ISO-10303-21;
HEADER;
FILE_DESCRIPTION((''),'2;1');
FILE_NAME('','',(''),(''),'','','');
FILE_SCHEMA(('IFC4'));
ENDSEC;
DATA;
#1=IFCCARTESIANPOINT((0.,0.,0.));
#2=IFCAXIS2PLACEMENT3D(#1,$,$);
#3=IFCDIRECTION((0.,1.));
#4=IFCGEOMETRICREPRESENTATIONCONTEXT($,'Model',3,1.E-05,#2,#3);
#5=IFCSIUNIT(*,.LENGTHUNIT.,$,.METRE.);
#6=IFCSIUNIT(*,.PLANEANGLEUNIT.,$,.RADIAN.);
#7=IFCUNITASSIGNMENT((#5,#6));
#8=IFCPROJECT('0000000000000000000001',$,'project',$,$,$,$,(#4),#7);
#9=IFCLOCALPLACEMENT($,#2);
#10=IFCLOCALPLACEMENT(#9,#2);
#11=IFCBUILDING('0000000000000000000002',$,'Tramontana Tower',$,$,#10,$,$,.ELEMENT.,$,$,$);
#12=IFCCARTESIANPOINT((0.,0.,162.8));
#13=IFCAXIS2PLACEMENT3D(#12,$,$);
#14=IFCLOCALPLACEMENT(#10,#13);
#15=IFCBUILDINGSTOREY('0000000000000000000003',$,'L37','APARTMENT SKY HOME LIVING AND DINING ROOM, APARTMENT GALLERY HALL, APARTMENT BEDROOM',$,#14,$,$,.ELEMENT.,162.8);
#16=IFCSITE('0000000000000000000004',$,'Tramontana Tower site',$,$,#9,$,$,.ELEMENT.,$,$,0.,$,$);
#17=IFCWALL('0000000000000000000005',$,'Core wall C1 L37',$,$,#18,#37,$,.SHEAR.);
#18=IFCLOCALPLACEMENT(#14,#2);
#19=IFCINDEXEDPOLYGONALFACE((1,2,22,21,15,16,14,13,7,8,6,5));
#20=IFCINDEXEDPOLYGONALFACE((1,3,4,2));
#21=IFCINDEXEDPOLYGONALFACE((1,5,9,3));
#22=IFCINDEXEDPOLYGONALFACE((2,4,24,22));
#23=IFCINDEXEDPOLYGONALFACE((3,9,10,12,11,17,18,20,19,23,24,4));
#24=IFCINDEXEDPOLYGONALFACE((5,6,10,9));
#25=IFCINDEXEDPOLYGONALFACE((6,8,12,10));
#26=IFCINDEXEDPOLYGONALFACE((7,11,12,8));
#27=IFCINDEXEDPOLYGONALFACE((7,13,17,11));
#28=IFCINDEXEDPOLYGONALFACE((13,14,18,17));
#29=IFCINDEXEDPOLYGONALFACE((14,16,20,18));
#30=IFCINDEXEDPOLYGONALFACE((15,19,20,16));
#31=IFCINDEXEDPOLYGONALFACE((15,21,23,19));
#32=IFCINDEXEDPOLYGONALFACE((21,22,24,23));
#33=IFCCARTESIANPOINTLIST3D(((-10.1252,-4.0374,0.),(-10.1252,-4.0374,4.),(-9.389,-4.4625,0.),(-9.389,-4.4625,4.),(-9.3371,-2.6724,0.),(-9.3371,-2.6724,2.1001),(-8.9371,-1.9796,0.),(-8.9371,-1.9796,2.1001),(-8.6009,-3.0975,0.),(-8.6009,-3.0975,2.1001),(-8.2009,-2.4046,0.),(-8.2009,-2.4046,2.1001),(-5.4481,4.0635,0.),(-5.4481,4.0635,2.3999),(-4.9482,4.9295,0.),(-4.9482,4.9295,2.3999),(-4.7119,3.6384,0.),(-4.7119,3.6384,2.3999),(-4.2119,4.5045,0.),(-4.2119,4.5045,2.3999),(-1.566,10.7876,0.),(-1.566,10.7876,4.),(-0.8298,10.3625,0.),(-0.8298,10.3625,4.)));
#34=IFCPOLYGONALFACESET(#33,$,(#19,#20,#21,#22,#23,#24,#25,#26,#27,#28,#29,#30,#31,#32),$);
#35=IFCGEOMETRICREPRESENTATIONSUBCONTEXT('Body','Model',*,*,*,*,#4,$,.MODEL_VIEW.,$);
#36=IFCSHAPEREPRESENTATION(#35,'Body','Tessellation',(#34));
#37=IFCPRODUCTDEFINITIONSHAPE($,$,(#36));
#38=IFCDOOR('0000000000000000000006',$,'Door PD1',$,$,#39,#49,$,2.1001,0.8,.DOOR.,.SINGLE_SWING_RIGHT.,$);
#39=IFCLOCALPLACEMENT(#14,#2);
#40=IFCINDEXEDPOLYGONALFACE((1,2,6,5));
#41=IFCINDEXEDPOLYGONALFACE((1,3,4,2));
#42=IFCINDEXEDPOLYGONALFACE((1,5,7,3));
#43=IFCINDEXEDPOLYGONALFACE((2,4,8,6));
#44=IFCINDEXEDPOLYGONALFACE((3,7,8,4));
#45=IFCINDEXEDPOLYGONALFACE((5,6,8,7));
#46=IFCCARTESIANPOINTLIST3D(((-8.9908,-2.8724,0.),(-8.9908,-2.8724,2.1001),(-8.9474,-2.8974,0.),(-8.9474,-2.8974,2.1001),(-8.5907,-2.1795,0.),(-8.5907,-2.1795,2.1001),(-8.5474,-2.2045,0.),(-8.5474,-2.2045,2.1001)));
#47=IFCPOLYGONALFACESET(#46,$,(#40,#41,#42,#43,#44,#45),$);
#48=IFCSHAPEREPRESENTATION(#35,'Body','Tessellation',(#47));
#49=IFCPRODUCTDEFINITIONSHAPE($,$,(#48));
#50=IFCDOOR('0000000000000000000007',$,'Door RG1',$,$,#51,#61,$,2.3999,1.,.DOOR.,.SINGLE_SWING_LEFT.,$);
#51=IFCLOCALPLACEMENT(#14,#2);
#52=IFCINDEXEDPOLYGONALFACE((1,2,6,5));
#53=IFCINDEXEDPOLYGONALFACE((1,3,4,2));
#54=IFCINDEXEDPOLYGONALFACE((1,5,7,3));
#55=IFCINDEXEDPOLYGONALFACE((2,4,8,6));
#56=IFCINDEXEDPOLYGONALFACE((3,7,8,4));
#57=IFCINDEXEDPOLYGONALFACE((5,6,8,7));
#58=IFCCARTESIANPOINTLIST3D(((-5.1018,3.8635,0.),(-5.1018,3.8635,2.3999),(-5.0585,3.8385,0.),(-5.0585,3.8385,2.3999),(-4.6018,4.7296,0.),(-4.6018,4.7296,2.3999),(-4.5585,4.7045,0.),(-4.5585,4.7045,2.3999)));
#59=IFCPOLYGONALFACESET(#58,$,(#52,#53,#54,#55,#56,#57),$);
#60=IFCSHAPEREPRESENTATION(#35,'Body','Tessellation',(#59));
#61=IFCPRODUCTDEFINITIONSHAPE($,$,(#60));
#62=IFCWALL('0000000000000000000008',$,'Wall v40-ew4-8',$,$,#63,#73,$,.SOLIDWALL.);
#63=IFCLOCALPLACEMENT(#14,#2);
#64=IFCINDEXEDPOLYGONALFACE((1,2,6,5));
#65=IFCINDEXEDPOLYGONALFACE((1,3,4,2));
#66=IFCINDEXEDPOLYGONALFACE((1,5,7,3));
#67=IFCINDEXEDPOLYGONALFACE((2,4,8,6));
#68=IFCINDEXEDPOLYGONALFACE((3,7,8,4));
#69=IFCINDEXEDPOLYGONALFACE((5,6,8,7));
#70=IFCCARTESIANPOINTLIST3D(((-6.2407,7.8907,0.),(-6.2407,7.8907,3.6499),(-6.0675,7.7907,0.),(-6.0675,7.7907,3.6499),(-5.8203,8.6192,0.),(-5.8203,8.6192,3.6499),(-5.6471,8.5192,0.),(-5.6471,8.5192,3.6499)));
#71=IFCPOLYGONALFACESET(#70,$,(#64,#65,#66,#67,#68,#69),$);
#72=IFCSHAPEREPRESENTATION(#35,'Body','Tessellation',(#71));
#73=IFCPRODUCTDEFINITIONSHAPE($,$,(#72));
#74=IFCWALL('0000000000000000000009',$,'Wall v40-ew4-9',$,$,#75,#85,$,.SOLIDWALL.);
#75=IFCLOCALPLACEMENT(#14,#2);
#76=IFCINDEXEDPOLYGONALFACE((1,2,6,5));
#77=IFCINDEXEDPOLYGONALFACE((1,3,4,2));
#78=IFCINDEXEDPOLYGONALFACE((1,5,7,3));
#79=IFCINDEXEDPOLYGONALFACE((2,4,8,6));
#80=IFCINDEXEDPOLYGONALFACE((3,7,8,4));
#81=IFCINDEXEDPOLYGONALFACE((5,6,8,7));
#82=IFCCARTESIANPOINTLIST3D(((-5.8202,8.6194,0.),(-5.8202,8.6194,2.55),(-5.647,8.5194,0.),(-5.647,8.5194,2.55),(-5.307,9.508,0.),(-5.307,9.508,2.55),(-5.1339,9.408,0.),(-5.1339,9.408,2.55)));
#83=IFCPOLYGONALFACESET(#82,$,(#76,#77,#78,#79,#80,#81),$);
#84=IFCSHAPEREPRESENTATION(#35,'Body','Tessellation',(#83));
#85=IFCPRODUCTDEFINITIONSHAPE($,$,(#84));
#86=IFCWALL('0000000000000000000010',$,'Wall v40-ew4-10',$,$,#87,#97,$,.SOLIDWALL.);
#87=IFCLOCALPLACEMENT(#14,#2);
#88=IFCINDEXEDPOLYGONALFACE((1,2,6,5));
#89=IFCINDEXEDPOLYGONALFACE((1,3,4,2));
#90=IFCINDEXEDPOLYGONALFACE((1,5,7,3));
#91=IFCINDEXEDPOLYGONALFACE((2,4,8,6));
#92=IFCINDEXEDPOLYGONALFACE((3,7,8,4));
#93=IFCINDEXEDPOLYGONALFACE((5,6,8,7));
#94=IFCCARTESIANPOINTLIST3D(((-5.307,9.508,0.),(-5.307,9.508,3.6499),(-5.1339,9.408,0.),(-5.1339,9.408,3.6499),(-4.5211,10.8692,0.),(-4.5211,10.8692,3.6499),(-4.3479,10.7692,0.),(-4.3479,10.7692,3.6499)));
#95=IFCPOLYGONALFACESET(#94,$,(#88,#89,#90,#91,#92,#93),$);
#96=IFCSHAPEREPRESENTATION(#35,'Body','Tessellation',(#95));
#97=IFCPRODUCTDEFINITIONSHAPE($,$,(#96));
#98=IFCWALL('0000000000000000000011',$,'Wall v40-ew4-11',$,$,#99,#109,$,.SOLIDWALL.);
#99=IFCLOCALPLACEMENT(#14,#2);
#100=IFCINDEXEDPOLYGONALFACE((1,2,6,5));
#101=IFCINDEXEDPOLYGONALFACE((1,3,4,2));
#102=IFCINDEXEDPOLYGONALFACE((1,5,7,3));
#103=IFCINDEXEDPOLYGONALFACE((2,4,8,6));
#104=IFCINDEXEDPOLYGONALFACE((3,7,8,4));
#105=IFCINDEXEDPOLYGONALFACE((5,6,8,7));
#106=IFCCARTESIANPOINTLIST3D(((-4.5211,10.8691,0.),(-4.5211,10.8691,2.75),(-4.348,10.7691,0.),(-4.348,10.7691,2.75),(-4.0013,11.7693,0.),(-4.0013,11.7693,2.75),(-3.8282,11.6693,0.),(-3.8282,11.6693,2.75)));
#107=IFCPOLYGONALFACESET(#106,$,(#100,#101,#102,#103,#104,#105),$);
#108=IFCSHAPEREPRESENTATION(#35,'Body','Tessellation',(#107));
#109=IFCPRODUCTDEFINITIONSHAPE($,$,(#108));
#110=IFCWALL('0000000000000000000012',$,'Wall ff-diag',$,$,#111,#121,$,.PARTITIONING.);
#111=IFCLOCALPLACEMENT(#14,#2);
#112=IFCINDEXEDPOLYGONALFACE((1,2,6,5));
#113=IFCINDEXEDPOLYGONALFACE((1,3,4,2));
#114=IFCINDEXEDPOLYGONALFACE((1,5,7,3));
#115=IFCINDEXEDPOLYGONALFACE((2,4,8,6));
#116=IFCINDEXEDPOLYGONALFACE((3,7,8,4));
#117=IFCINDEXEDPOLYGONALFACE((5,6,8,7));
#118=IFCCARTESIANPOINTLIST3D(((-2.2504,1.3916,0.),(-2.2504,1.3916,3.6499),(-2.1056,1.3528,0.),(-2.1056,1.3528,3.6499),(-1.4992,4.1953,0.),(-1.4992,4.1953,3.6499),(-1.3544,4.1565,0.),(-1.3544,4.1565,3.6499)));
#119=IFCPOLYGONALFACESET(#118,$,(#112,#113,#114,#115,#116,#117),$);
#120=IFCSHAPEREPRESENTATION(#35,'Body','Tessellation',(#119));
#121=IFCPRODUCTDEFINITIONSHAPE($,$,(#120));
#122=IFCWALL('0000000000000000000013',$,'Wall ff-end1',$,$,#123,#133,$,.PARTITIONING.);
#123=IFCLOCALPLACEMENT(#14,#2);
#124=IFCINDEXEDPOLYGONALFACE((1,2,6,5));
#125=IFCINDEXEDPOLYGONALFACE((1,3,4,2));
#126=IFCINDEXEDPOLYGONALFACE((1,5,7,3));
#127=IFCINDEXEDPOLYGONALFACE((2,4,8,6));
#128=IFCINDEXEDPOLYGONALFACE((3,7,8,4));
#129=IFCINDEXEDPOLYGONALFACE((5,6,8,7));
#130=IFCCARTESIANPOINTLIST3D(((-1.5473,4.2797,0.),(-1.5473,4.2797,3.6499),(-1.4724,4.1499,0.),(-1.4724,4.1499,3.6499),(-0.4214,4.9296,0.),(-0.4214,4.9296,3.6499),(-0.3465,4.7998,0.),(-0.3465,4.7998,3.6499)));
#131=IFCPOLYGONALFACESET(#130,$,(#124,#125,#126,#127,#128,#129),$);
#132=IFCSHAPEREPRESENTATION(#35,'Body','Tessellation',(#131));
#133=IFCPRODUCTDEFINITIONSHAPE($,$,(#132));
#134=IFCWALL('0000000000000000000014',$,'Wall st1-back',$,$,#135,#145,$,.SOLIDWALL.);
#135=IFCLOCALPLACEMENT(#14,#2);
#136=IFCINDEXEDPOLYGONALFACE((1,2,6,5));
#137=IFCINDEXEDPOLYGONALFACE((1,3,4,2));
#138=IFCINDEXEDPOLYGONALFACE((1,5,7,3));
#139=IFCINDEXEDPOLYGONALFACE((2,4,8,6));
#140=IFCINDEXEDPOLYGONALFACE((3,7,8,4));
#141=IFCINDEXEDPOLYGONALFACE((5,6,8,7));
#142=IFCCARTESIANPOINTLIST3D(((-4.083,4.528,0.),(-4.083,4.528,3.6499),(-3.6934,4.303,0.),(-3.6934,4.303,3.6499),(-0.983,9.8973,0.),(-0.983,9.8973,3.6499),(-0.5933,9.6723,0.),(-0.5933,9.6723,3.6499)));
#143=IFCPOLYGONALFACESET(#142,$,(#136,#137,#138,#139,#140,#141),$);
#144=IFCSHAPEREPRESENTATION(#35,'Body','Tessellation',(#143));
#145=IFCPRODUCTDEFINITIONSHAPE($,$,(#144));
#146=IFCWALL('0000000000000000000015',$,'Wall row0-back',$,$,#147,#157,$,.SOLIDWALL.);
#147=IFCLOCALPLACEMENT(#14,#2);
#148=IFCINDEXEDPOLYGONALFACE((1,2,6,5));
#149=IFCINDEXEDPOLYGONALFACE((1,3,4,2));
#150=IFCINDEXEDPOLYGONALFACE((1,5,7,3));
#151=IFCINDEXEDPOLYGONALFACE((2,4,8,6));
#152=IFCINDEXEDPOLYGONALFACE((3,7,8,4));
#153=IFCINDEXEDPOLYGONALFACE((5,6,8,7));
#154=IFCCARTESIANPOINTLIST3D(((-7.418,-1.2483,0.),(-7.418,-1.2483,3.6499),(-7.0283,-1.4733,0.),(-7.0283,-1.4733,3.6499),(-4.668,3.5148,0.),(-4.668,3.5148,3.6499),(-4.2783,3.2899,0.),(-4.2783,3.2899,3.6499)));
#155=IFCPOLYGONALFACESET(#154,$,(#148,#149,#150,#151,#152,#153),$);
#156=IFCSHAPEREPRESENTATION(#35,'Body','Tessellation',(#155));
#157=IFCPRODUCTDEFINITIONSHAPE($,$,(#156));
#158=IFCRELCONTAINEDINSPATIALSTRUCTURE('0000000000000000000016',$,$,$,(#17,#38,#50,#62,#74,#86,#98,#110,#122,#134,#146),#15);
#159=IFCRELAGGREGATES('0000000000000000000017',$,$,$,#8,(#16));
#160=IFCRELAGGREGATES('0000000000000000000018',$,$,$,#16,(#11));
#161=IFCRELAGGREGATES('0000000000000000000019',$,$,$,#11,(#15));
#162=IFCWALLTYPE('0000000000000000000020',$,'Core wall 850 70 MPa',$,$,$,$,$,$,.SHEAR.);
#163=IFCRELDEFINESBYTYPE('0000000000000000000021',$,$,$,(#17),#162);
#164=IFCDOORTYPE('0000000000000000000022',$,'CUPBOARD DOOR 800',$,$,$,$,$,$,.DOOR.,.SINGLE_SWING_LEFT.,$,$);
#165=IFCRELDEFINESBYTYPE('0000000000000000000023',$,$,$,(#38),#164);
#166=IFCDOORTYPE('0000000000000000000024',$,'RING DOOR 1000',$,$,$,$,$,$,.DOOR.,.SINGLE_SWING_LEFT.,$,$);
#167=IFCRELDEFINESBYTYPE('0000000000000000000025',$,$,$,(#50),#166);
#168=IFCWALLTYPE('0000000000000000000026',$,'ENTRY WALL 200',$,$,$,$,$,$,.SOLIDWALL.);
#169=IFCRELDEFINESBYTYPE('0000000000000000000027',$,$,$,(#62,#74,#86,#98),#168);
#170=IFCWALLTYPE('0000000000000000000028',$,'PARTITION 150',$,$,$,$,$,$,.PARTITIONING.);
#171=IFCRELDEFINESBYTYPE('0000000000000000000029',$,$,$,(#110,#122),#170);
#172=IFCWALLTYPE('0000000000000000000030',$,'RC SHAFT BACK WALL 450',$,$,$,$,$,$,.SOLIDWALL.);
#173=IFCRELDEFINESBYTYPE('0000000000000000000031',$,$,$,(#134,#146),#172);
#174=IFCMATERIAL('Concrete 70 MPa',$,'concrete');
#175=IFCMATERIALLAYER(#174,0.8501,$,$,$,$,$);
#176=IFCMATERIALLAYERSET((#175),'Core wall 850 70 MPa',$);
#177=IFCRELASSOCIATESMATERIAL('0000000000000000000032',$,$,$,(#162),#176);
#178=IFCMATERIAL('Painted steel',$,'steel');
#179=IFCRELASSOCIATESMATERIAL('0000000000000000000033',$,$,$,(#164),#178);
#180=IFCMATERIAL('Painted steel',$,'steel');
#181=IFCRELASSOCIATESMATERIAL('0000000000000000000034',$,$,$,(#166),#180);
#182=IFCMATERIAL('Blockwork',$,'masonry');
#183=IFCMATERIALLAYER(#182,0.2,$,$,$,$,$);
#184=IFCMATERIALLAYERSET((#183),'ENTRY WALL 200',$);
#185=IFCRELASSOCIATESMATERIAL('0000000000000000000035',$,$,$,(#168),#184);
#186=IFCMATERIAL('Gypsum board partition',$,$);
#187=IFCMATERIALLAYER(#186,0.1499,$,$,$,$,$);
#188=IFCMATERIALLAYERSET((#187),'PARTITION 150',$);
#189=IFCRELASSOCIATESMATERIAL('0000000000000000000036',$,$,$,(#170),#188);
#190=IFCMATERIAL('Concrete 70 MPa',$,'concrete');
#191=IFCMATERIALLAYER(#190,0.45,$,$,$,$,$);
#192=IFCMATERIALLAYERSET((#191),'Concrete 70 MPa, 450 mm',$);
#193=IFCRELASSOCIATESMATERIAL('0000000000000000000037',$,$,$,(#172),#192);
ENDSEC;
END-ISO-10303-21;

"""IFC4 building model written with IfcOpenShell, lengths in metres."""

from ifc_helpers import new_model, si_unit, direction, frame, frame_2d, origin, place, context, subcontext, project, spatial, rectangle, extrude, material, layer, layer_set, type_object, element, fill, save


model = new_model("IFC4")

# Units and contexts
model_context = context("Model", 3, precision=1e-05, world=origin(), true_north=direction((0.0, 1.0)))
body_context = subcontext(model_context, "Body", "Model", "MODEL_VIEW")
ifc_project = project(units=[si_unit("LENGTHUNIT", "METRE"), si_unit("PLANEANGLEUNIT", "RADIAN")], contexts=[model_context])

# Site, building, storey
site_placement = place(None, origin())
site = spatial("IfcSite", under=ifc_project, at=site_placement, Name="Tramontana Tower site", CompositionType="ELEMENT", RefElevation=0.0)
building_placement = place(site_placement, origin())
building = spatial("IfcBuilding", under=site, at=building_placement, Name="Tramontana Tower", CompositionType="ELEMENT")
storey_placement = place(building_placement, frame((0.0, 0.0, 162.8)))
storey = spatial("IfcBuildingStorey", under=building, at=storey_placement, Name="L37", Description="APARTMENT SKY HOME LIVING AND DINING ROOM, APARTMENT GALLERY HALL, APARTMENT BEDROOM", CompositionType="ELEMENT", Elevation=162.8)

# Wall, openings, doors
ifc_material_1 = material(Name="Concrete 70 MPa", Category="concrete")
ifc_layer_1 = layer(ifc_material_1, 0.8501)
ifc_layer_set_1 = layer_set([ifc_layer_1], Name="Core wall 850 70 MPa")
wall_type_1 = type_object("IfcWallType", Name="Core wall 850 70 MPa", PredefinedType="SHEAR", material=ifc_layer_set_1)
wall_1_placement = place(storey_placement, frame((-1.198, 10.575, 0.0), z_axis=(0.0, 0.0, 1.0), x_axis=(-0.499995, -0.866028, 0.0)))
wall_1 = element("IfcWall", 1, at=wall_1_placement, inside=storey, type_object=wall_type_1, Name="Core wall C1 L37", PredefinedType="SHEAR", context=body_context, shape_type="SweptSolid", body=[
    extrude(rectangle(XDim=17.1184, YDim=0.8501, at=frame_2d((8.5591, 0.0))), origin(), (0.0, 0.0, 1.0), 4.0),
])
opening_1_placement = place(wall_1_placement, frame((6.7642, 0.0, 0.0)))
opening_1 = element("IfcOpeningElement", 2, at=opening_1_placement, cuts=wall_1, PredefinedType="OPENING", context=body_context, shape_type="SweptSolid", body=[
    extrude(rectangle(XDim=1.0, YDim=2.3999, at=frame_2d((0.5, 1.2))), frame((0.0, 0.4351, 0.0), z_axis=(0.0, -1.0, 0.0), x_axis=(1.0, 0.0, 0.0)), (0.0, 0.0, 1.0), 0.8701),
])
opening_2_placement = place(wall_1_placement, frame((14.7422, 0.0, 0.0)))
opening_2 = element("IfcOpeningElement", 3, at=opening_2_placement, cuts=wall_1, PredefinedType="OPENING", context=body_context, shape_type="SweptSolid", body=[
    extrude(rectangle(XDim=0.8, YDim=2.1001, at=frame_2d((0.3999, 1.05))), frame((0.0, 0.4351, 0.0), z_axis=(0.0, -1.0, 0.0), x_axis=(1.0, 0.0, 0.0)), (0.0, 0.0, 1.0), 0.8701),
])
ifc_material_2 = material(Name="Painted steel", Category="steel")
door_type_1 = type_object("IfcDoorType", Name="CUPBOARD DOOR 800", OperationType="SINGLE_SWING_LEFT", PredefinedType="DOOR", material=ifc_material_2)
door_1_placement = place(opening_2_placement, origin())
door_1 = element("IfcDoor", 4, at=door_1_placement, inside=storey, type_object=door_type_1, Name="Door PD1", OperationType="SINGLE_SWING_RIGHT", OverallHeight=2.1001, OverallWidth=0.8, PredefinedType="DOOR", context=body_context, shape_type="SweptSolid", body=[
    extrude(rectangle(XDim=0.8, YDim=2.1001, at=frame_2d((0.3999, 1.05))), frame((0.0, 0.0249, 0.0), z_axis=(0.0, -1.0, 0.0), x_axis=(1.0, 0.0, 0.0)), (0.0, 0.0, 1.0), 0.05),
])
fill(opening_2, door_1)
ifc_material_3 = material(Name="Painted steel", Category="steel")
door_type_2 = type_object("IfcDoorType", Name="RING DOOR 1000", OperationType="SINGLE_SWING_LEFT", PredefinedType="DOOR", material=ifc_material_3)
door_2_placement = place(opening_1_placement, origin())
door_2 = element("IfcDoor", 5, at=door_2_placement, inside=storey, type_object=door_type_2, Name="Door RG1", OperationType="SINGLE_SWING_LEFT", OverallHeight=2.3999, OverallWidth=1.0, PredefinedType="DOOR", context=body_context, shape_type="SweptSolid", body=[
    extrude(rectangle(XDim=1.0, YDim=2.3999, at=frame_2d((0.5, 1.2))), frame((0.0, 0.0249, 0.0), z_axis=(0.0, -1.0, 0.0), x_axis=(1.0, 0.0, 0.0)), (0.0, 0.0, 1.0), 0.05),
])
fill(opening_1, door_2)

# Shared definitions
ifc_material_4 = material(Name="Blockwork", Category="masonry")
ifc_layer_2 = layer(ifc_material_4, 0.2)
ifc_layer_set_2 = layer_set([ifc_layer_2], Name="ENTRY WALL 200")
wall_type_2 = type_object("IfcWallType", Name="ENTRY WALL 200", PredefinedType="SOLIDWALL", material=ifc_layer_set_2)

# Walls
wall_2_placement = place(storey_placement, frame((-6.1541, 7.8408, 0.0), z_axis=(0.0, 0.0, 1.0), x_axis=(0.499823, 0.866128, 0.0)))
element("IfcWall", 6, at=wall_2_placement, inside=storey, type_object=wall_type_2, Name="Wall v40-ew4-8", PredefinedType="SOLIDWALL", context=body_context, shape_type="SweptSolid", body=[
    extrude(rectangle(XDim=0.8411, YDim=0.2, at=frame_2d((0.4204, 0.0))), origin(), (0.0, 0.0, 1.0), 3.6499),
])
wall_3_placement = place(storey_placement, frame((-5.7336, 8.5693, 0.0), z_axis=(0.0, 0.0, 1.0), x_axis=(0.500079, 0.86598, 0.0)))
element("IfcWall", 7, at=wall_3_placement, inside=storey, type_object=wall_type_2, Name="Wall v40-ew4-9", PredefinedType="SOLIDWALL", context=body_context, shape_type="SweptSolid", body=[
    extrude(rectangle(XDim=1.0261, YDim=0.2, at=frame_2d((0.5132, 0.0))), origin(), (0.0, 0.0, 1.0), 2.55),
])
wall_4_placement = place(storey_placement, frame((-5.2205, 9.458, 0.0), z_axis=(0.0, 0.0, 1.0), x_axis=(0.500032, 0.866007, 0.0)))
element("IfcWall", 8, at=wall_4_placement, inside=storey, type_object=wall_type_2, Name="Wall v40-ew4-10", PredefinedType="SOLIDWALL", context=body_context, shape_type="SweptSolid", body=[
    extrude(rectangle(XDim=1.5718, YDim=0.2, at=frame_2d((0.7859, 0.0))), origin(), (0.0, 0.0, 1.0), 3.6499),
])
wall_5_placement = place(storey_placement, frame((-4.4346, 10.8191, 0.0), z_axis=(0.0, 0.0, 1.0), x_axis=(0.500055, 0.865994, 0.0)))
element("IfcWall", 9, at=wall_5_placement, inside=storey, type_object=wall_type_2, Name="Wall v40-ew4-11", PredefinedType="SOLIDWALL", context=body_context, shape_type="SweptSolid", body=[
    extrude(rectangle(XDim=1.0396, YDim=0.2, at=frame_2d((0.5198, 0.0))), origin(), (0.0, 0.0, 1.0), 2.75),
])
ifc_material_5 = material(Name="Gypsum board partition")
ifc_layer_3 = layer(ifc_material_5, 0.1499)
ifc_layer_set_3 = layer_set([ifc_layer_3], Name="PARTITION 150")
wall_type_3 = type_object("IfcWallType", Name="PARTITION 150", PredefinedType="PARTITIONING", material=ifc_layer_set_3)
wall_6_placement = place(storey_placement, frame((-2.178, 1.3723, 0.0), z_axis=(0.0, 0.0, 1.0), x_axis=(0.258809, 0.965929, 0.0)))
element("IfcWall", 10, at=wall_6_placement, inside=storey, type_object=wall_type_3, Name="Wall ff-diag", PredefinedType="PARTITIONING", context=body_context, shape_type="SweptSolid", body=[
    extrude(rectangle(XDim=2.9026, YDim=0.1499, at=frame_2d((1.4512, 0.0))), origin(), (0.0, 0.0, 1.0), 3.6499),
])
wall_7_placement = place(storey_placement, frame((-1.5098, 4.2148, 0.0), z_axis=(0.0, 0.0, 1.0), x_axis=(0.866086, 0.499896, 0.0)))
element("IfcWall", 11, at=wall_7_placement, inside=storey, type_object=wall_type_3, Name="Wall ff-end1", PredefinedType="PARTITIONING", context=body_context, shape_type="SweptSolid", body=[
    extrude(rectangle(XDim=1.3, YDim=0.1499, at=frame_2d((0.6499, 0.0))), origin(), (0.0, 0.0, 1.0), 3.6499),
])
ifc_material_6 = material(Name="Concrete 70 MPa", Category="concrete")
ifc_layer_4 = layer(ifc_material_6, 0.45)
ifc_layer_set_4 = layer_set([ifc_layer_4], Name="Concrete 70 MPa, 450 mm")
wall_type_4 = type_object("IfcWallType", Name="RC SHAFT BACK WALL 450", PredefinedType="SOLIDWALL", material=ifc_layer_set_4)
wall_8_placement = place(storey_placement, frame((-0.7881, 9.7849, 0.0), z_axis=(0.0, 0.0, 1.0), x_axis=(-0.50001, -0.86602, 0.0)))
element("IfcWall", 12, at=wall_8_placement, inside=storey, type_object=wall_type_4, Name="Wall st1-back", PredefinedType="SOLIDWALL", context=body_context, shape_type="SweptSolid", body=[
    extrude(rectangle(XDim=6.2, YDim=0.45, at=frame_2d((3.1001, 0.0))), origin(), (0.0, 0.0, 1.0), 3.6499),
])
wall_9_placement = place(storey_placement, frame((-4.4731, 3.4023, 0.0), z_axis=(0.0, 0.0, 1.0), x_axis=(-0.499997, -0.866027, 0.0)))
element("IfcWall", 13, at=wall_9_placement, inside=storey, type_object=wall_type_4, Name="Wall row0-back", PredefinedType="SOLIDWALL", context=body_context, shape_type="SweptSolid", body=[
    extrude(rectangle(XDim=5.5, YDim=0.45, at=frame_2d((2.75, 0.0))), origin(), (0.0, 0.0, 1.0), 3.6499),
])

save(model, "model.ifc")
